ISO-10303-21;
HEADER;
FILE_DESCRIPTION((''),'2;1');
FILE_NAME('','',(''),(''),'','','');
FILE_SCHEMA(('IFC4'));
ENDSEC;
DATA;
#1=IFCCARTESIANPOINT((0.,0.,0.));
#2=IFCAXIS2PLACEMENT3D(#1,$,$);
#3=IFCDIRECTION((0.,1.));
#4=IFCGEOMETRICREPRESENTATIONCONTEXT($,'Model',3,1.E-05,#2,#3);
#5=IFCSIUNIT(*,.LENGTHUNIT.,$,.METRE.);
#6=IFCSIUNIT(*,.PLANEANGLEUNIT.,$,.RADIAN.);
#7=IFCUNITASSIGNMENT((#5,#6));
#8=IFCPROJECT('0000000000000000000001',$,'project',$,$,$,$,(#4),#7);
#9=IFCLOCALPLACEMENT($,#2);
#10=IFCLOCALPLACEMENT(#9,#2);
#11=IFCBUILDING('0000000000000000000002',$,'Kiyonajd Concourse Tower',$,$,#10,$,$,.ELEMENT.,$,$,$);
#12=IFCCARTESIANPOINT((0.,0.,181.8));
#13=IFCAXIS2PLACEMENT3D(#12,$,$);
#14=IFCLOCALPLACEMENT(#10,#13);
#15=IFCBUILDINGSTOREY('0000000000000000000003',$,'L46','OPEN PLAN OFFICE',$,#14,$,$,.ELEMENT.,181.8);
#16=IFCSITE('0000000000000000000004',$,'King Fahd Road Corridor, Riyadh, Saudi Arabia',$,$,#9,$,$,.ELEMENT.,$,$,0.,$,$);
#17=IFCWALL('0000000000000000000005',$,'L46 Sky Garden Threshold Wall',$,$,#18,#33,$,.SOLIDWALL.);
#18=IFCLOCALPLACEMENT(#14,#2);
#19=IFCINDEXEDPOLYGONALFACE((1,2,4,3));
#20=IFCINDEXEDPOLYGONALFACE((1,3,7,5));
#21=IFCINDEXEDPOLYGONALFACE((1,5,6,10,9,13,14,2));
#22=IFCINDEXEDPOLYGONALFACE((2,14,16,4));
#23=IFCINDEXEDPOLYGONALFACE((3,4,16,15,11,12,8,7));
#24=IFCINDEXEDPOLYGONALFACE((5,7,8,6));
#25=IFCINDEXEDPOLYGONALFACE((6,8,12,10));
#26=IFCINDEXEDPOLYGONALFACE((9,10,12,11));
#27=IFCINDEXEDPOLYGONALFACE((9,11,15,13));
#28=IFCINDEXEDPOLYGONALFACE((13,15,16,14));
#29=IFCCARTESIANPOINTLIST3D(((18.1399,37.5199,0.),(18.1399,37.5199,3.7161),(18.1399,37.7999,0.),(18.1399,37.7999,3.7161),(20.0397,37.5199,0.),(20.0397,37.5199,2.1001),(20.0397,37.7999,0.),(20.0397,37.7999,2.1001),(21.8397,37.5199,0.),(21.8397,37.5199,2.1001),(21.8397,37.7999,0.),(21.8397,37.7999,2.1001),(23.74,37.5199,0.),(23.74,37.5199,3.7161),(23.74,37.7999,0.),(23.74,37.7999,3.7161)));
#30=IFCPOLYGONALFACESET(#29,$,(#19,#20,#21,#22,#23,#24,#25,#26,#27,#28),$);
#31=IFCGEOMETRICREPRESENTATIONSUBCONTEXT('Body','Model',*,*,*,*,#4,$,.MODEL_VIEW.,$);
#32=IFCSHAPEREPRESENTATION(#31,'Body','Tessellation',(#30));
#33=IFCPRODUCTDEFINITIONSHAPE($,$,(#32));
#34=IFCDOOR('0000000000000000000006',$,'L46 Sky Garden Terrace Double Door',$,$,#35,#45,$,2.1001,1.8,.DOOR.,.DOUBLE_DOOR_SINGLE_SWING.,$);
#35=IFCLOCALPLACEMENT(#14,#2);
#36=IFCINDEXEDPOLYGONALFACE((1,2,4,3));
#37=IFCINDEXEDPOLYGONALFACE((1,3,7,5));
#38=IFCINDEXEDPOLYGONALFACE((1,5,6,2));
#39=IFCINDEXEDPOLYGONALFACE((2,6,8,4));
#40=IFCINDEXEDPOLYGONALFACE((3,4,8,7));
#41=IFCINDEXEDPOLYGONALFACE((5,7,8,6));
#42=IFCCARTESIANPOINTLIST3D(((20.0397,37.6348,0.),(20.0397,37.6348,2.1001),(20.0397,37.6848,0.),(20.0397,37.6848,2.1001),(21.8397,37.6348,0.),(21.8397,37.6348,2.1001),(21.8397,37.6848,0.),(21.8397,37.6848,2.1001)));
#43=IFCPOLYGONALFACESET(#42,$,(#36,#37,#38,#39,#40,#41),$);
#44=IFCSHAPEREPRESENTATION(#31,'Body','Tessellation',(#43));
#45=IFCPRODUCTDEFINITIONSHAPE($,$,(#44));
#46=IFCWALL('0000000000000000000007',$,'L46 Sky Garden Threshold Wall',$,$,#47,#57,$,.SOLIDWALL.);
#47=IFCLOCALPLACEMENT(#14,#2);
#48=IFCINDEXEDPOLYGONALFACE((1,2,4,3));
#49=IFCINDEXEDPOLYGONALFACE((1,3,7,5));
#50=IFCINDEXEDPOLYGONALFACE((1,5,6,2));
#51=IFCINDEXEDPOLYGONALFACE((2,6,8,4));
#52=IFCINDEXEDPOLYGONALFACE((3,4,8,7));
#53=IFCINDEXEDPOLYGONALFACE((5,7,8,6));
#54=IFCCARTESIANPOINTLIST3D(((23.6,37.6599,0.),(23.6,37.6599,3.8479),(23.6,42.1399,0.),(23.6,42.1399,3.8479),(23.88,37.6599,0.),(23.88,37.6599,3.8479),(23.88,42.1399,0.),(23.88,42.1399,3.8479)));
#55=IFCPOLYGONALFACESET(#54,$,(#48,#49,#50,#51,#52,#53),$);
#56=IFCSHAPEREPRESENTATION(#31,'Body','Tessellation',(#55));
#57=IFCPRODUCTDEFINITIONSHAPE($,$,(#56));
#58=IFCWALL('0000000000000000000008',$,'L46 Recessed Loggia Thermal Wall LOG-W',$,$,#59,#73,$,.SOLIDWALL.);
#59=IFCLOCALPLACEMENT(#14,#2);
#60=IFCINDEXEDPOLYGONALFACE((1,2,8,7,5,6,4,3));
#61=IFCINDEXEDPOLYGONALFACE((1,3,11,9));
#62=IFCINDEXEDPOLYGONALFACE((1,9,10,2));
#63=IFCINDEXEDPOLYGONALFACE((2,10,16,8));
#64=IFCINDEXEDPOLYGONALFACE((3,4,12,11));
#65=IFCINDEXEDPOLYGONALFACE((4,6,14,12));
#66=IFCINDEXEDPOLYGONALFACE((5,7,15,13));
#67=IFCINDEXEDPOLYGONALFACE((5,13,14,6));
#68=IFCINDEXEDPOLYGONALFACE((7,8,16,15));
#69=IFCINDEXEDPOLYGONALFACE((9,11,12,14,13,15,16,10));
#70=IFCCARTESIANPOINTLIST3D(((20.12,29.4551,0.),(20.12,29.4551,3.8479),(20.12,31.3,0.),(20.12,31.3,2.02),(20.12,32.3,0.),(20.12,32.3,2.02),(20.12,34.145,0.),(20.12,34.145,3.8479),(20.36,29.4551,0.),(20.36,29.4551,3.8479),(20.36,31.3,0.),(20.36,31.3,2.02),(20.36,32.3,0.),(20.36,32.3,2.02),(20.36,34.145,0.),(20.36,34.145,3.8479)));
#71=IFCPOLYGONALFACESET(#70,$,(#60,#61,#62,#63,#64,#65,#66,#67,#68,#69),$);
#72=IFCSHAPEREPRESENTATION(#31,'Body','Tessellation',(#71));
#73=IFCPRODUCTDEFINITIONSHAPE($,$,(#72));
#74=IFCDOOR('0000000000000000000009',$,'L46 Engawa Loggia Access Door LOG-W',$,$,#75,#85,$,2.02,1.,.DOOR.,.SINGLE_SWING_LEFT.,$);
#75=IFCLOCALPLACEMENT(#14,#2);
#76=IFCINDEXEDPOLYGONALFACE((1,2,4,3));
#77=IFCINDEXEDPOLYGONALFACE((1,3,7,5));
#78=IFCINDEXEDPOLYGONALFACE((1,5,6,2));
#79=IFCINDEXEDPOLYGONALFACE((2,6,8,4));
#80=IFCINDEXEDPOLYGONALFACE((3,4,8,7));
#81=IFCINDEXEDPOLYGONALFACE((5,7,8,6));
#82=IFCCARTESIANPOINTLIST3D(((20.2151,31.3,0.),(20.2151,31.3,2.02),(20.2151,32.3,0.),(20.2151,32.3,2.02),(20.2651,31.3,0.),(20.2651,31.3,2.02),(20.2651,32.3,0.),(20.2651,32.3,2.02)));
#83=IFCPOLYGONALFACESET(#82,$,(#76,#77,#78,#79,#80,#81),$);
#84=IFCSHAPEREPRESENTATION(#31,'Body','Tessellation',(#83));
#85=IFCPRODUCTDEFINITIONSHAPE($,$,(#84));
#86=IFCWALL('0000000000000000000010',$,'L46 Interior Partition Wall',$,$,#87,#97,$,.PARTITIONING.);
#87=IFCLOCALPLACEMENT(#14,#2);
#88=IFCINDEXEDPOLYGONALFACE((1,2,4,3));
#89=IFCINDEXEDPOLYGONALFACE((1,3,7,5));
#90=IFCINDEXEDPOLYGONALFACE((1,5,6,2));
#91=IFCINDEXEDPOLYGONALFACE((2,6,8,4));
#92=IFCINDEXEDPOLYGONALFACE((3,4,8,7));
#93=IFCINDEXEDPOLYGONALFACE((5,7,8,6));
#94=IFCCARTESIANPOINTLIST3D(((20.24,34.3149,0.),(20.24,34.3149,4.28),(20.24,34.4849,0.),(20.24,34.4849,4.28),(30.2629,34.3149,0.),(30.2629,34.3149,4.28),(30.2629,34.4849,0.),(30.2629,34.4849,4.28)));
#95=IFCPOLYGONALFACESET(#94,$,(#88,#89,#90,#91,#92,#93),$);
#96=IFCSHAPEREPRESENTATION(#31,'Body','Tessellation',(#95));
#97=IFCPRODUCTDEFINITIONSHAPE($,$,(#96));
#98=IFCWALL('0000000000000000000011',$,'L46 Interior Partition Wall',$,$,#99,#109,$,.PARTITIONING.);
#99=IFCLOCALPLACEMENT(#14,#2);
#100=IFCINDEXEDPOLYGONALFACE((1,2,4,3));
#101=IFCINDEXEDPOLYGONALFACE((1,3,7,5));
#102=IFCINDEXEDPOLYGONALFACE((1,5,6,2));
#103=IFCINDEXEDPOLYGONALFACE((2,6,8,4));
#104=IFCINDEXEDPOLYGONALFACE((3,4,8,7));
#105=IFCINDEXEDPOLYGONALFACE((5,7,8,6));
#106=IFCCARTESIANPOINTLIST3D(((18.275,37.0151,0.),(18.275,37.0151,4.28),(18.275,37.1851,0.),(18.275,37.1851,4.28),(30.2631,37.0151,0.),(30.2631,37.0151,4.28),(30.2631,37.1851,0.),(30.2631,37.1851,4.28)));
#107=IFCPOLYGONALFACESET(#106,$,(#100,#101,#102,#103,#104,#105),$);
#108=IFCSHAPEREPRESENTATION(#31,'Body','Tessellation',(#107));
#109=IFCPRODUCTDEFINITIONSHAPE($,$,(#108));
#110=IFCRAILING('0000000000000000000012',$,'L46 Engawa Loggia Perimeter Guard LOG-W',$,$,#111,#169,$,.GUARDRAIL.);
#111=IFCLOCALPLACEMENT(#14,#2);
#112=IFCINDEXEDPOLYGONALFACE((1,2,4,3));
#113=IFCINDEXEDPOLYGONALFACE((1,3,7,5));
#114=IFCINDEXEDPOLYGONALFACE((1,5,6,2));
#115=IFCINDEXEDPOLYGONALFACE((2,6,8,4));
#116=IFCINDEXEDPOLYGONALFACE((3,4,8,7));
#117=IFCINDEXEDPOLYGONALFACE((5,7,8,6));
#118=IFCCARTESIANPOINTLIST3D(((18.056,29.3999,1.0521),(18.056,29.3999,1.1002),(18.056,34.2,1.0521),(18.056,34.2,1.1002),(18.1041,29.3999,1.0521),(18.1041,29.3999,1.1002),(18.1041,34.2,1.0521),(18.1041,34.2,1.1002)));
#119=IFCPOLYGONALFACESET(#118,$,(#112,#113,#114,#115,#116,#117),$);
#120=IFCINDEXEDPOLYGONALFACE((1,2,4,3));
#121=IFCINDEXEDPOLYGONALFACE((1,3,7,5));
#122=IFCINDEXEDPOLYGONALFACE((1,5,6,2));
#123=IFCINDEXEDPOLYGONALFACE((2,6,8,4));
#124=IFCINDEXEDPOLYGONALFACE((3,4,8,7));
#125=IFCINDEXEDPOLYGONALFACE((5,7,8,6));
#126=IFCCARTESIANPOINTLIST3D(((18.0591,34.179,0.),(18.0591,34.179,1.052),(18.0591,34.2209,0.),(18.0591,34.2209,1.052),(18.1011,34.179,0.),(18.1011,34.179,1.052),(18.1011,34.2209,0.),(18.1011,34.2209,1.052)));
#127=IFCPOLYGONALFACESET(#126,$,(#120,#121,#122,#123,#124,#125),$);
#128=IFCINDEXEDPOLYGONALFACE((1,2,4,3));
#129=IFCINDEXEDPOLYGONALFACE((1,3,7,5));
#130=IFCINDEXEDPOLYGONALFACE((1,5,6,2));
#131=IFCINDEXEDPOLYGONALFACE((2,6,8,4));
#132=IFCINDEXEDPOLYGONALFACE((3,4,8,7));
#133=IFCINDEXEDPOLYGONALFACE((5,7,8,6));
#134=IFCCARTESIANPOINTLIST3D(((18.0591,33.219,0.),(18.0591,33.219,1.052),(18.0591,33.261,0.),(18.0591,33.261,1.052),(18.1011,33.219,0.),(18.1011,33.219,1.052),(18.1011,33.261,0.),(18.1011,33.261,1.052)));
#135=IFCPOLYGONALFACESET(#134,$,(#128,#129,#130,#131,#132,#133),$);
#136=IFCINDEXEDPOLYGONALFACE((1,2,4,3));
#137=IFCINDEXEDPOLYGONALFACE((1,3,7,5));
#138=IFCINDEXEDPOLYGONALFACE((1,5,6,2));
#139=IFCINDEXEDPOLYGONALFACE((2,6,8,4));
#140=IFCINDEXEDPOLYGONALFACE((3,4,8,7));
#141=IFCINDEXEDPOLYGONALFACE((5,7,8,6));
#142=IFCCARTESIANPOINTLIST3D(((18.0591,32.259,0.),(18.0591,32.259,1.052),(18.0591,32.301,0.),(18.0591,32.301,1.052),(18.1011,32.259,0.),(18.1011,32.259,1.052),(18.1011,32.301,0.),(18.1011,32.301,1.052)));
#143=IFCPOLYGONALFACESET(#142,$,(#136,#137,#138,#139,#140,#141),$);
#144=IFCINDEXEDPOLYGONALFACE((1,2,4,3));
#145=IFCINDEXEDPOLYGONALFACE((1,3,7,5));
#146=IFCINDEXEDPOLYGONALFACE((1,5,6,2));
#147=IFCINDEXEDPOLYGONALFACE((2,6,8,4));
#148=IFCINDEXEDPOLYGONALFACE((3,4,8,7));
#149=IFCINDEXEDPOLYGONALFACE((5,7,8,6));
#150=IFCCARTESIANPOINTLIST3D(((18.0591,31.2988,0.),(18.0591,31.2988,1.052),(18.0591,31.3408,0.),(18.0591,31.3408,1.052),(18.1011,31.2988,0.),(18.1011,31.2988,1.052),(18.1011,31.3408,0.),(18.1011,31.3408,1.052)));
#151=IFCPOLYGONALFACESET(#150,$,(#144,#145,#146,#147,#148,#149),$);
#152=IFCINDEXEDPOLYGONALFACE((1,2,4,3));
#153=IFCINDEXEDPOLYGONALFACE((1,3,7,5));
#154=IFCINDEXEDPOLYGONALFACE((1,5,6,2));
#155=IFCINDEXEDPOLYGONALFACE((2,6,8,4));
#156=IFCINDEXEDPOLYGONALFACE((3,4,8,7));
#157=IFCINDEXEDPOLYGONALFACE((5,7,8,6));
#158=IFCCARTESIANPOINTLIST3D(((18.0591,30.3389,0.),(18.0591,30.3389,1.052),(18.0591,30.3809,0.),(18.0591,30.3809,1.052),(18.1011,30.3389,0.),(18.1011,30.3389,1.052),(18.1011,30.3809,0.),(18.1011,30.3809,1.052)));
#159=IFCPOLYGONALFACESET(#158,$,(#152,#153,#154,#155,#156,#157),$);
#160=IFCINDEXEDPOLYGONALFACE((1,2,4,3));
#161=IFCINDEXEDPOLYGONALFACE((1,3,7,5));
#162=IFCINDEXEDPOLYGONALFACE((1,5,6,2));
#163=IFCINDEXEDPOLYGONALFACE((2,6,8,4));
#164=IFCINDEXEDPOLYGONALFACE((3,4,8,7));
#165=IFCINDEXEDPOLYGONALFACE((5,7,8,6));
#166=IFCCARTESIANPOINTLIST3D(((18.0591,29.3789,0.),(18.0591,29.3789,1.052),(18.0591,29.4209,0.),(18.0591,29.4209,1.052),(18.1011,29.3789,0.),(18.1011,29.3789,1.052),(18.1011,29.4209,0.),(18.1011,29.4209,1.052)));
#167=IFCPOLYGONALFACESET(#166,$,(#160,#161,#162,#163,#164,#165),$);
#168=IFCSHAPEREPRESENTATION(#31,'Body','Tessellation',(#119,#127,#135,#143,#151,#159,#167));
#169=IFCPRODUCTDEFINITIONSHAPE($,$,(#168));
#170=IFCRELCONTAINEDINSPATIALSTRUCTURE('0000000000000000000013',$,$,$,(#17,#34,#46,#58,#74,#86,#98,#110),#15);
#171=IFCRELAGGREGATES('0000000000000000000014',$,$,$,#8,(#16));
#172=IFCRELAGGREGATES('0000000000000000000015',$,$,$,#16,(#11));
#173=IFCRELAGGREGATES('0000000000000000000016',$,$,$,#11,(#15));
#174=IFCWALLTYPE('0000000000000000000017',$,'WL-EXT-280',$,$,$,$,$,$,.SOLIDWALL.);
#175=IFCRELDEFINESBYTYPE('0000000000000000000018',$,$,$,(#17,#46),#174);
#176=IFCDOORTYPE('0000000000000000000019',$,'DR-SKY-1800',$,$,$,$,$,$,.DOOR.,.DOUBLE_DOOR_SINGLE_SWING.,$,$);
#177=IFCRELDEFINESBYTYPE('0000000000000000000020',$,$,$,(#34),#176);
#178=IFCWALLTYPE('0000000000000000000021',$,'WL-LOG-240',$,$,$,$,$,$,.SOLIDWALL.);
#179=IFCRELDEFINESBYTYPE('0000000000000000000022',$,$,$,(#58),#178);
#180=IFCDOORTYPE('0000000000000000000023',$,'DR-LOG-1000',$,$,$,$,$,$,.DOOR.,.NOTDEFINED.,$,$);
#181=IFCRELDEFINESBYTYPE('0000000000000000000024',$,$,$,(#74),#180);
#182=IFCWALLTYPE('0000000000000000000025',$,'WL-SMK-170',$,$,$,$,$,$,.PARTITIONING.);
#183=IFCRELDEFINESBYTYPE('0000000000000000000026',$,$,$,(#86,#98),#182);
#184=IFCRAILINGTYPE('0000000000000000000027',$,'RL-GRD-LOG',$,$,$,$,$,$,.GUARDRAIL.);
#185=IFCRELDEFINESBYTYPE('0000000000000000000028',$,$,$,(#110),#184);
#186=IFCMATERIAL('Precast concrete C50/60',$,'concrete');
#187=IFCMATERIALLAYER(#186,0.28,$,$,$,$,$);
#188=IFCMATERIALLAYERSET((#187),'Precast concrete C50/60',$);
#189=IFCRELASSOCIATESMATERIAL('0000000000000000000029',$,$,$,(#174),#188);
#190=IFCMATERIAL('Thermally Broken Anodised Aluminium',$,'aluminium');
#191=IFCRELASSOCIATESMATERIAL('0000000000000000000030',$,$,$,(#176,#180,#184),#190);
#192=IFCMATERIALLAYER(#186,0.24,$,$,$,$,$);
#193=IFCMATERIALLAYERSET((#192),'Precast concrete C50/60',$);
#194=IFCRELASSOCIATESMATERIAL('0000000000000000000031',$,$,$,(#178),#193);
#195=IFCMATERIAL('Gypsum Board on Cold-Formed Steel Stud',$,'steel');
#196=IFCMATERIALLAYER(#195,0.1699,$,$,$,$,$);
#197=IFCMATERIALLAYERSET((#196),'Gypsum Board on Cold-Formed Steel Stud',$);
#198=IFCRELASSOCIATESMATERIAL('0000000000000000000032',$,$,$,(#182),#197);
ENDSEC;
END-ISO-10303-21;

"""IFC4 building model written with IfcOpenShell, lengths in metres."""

from ifc_helpers import new_model, si_unit, direction, frame, frame_2d, origin, origin_2d, place, context, subcontext, project, spatial, rectangle, extrude, material, layer, layer_set, type_object, element, fill, save


model = new_model("IFC4")

# Units and contexts
model_context = context("Model", 3, precision=1e-05, world=origin(), true_north=direction((0.0, 1.0)))
body_context = subcontext(model_context, "Body", "Model", "MODEL_VIEW")
ifc_project = project(units=[si_unit("LENGTHUNIT", "METRE"), si_unit("PLANEANGLEUNIT", "RADIAN")], contexts=[model_context])

# Site, building, storey
site_placement = place(None, origin())
site = spatial("IfcSite", under=ifc_project, at=site_placement, Name="King Fahd Road Corridor, Riyadh, Saudi Arabia", CompositionType="ELEMENT", RefElevation=0.0)
building_placement = place(site_placement, origin())
building = spatial("IfcBuilding", under=site, at=building_placement, Name="Kiyonajd Concourse Tower", CompositionType="ELEMENT")
storey_placement = place(building_placement, frame((0.0, 0.0, 181.8)))
storey = spatial("IfcBuildingStorey", under=building, at=storey_placement, Name="L46", Description="OPEN PLAN OFFICE", CompositionType="ELEMENT", Elevation=181.8)

# Shared definitions
ifc_material_1 = material(Name="Thermally Broken Anodised Aluminium", Category="aluminium")

# Shared definitions
ifc_material_2 = material(Name="Precast concrete C50/60", Category="concrete")
ifc_layer_1 = layer(ifc_material_2, 0.28)
ifc_layer_set_1 = layer_set([ifc_layer_1], Name="Precast concrete C50/60")
wall_type_1 = type_object("IfcWallType", Name="WL-EXT-280", PredefinedType="SOLIDWALL", material=ifc_layer_set_1)

# Wall, opening, door
wall_1_placement = place(storey_placement, frame((18.1399, 37.6599, 0.0), z_axis=(0.0, 0.0, 1.0), x_axis=(1.0, 0.0, 0.0)))
wall_1 = element("IfcWall", 1, at=wall_1_placement, inside=storey, type_object=wall_type_1, Name="L46 Sky Garden Threshold Wall", PredefinedType="SOLIDWALL", context=body_context, shape_type="SweptSolid", body=[
    extrude(rectangle(XDim=5.6001, YDim=0.28, at=frame_2d((2.8, 0.0))), origin(), (0.0, 0.0, 1.0), 3.7161),
])
opening_1_placement = place(wall_1_placement, frame((1.8999, 0.0, 0.0)))
opening_1 = element("IfcOpeningElement", 2, at=opening_1_placement, cuts=wall_1, PredefinedType="OPENING", context=body_context, shape_type="SweptSolid", body=[
    extrude(rectangle(XDim=1.8, YDim=2.1001, at=frame_2d((0.8999, 1.05))), frame((0.0, 0.1499, 0.0), z_axis=(0.0, -1.0, 0.0), x_axis=(1.0, 0.0, 0.0)), (0.0, 0.0, 1.0), 0.3),
])
door_type_1 = type_object("IfcDoorType", Name="DR-SKY-1800", OperationType="DOUBLE_DOOR_SINGLE_SWING", PredefinedType="DOOR", material=ifc_material_1)
door_1_placement = place(opening_1_placement, origin())
door_1 = element("IfcDoor", 3, at=door_1_placement, inside=storey, type_object=door_type_1, Name="L46 Sky Garden Terrace Double Door", OperationType="DOUBLE_DOOR_SINGLE_SWING", OverallHeight=2.1001, OverallWidth=1.8, PredefinedType="DOOR", context=body_context, shape_type="SweptSolid", body=[
    extrude(rectangle(XDim=1.8, YDim=2.1001, at=frame_2d((0.8999, 1.05))), frame((0.0, 0.0249, 0.0), z_axis=(0.0, -1.0, 0.0), x_axis=(1.0, 0.0, 0.0)), (0.0, 0.0, 1.0), 0.05),
])
fill(opening_1, door_1)

# Wall
wall_2_placement = place(storey_placement, frame((23.74, 37.6599, 0.0), z_axis=(0.0, 0.0, 1.0), x_axis=(0.0, 1.0, 0.0)))
element("IfcWall", 4, at=wall_2_placement, inside=storey, type_object=wall_type_1, Name="L46 Sky Garden Threshold Wall", PredefinedType="SOLIDWALL", context=body_context, shape_type="SweptSolid", body=[
    extrude(rectangle(XDim=4.48, YDim=0.28, at=frame_2d((2.24, 0.0))), origin(), (0.0, 0.0, 1.0), 3.8479),
])

# Wall, opening, door
ifc_layer_2 = layer(ifc_material_2, 0.24)
ifc_layer_set_2 = layer_set([ifc_layer_2], Name="Precast concrete C50/60")
wall_type_2 = type_object("IfcWallType", Name="WL-LOG-240", PredefinedType="SOLIDWALL", material=ifc_layer_set_2)
wall_3_placement = place(storey_placement, frame((20.24, 29.4551, 0.0), z_axis=(0.0, 0.0, 1.0), x_axis=(0.0, 1.0, 0.0)))
wall_3 = element("IfcWall", 5, at=wall_3_placement, inside=storey, type_object=wall_type_2, Name="L46 Recessed Loggia Thermal Wall LOG-W", PredefinedType="SOLIDWALL", context=body_context, shape_type="SweptSolid", body=[
    extrude(rectangle(XDim=4.6899, YDim=0.24, at=frame_2d((2.345, 0.0))), origin(), (0.0, 0.0, 1.0), 3.8479),
])
opening_2_placement = place(wall_3_placement, frame((1.845, 0.0, 0.0)))
opening_2 = element("IfcOpeningElement", 6, at=opening_2_placement, cuts=wall_3, PredefinedType="OPENING", context=body_context, shape_type="SweptSolid", body=[
    extrude(rectangle(XDim=1.0, YDim=2.02, at=frame_2d((0.5, 1.01))), frame((0.0, 0.1299, 0.0), z_axis=(0.0, -1.0, 0.0), x_axis=(1.0, 0.0, 0.0)), (0.0, 0.0, 1.0), 0.26),
])
door_type_2 = type_object("IfcDoorType", Name="DR-LOG-1000", OperationType="NOTDEFINED", PredefinedType="DOOR", material=ifc_material_1)
door_2_placement = place(opening_2_placement, origin())
door_2 = element("IfcDoor", 7, at=door_2_placement, inside=storey, type_object=door_type_2, Name="L46 Engawa Loggia Access Door LOG-W", OperationType="SINGLE_SWING_LEFT", OverallHeight=2.02, OverallWidth=1.0, PredefinedType="DOOR", context=body_context, shape_type="SweptSolid", body=[
    extrude(rectangle(XDim=1.0, YDim=2.02, at=frame_2d((0.5, 1.01))), frame((0.0, 0.0249, 0.0), z_axis=(0.0, -1.0, 0.0), x_axis=(1.0, 0.0, 0.0)), (0.0, 0.0, 1.0), 0.05),
])
fill(opening_2, door_2)

# Walls
ifc_material_3 = material(Name="Gypsum Board on Cold-Formed Steel Stud", Category="steel")
ifc_layer_3 = layer(ifc_material_3, 0.1699)
ifc_layer_set_3 = layer_set([ifc_layer_3], Name="Gypsum Board on Cold-Formed Steel Stud")
wall_type_3 = type_object("IfcWallType", Name="WL-SMK-170", PredefinedType="PARTITIONING", material=ifc_layer_set_3)
wall_4_placement = place(storey_placement, frame((20.24, 34.3999, 0.0), z_axis=(0.0, 0.0, 1.0), x_axis=(1.0, 0.0, 0.0)))
element("IfcWall", 8, at=wall_4_placement, inside=storey, type_object=wall_type_3, Name="L46 Interior Partition Wall", PredefinedType="PARTITIONING", context=body_context, shape_type="SweptSolid", body=[
    extrude(rectangle(XDim=10.0229, YDim=0.1699, at=frame_2d((5.0115, 0.0))), origin(), (0.0, 0.0, 1.0), 4.28),
])
wall_5_placement = place(storey_placement, frame((18.2749, 37.1001, 0.0), z_axis=(0.0, 0.0, 1.0), x_axis=(1.0, 0.0, 0.0)))
element("IfcWall", 9, at=wall_5_placement, inside=storey, type_object=wall_type_3, Name="L46 Interior Partition Wall", PredefinedType="PARTITIONING", context=body_context, shape_type="SweptSolid", body=[
    extrude(rectangle(XDim=11.988, YDim=0.1699, at=frame_2d((5.9941, 0.0))), origin(), (0.0, 0.0, 1.0), 4.28),
])

# Railing
railing_type_1 = type_object("IfcRailingType", Name="RL-GRD-LOG", PredefinedType="GUARDRAIL", material=ifc_material_1)
railing_1_placement = place(storey_placement, frame((18.0801, 34.2, 0.0)))
element("IfcRailing", 10, at=railing_1_placement, inside=storey, type_object=railing_type_1, Name="L46 Engawa Loggia Perimeter Guard LOG-W", PredefinedType="GUARDRAIL", context=body_context, shape_type="SweptSolid", body=[
    extrude(rectangle(XDim=0.0481, YDim=0.0481, at=origin_2d()), frame((0.0, 0.0, 1.0762), z_axis=(0.0, -1.0, 0.0), x_axis=(1.0, 0.0, 0.0)), (0.0, 0.0, 1.0), 4.8),
    extrude(rectangle(XDim=0.042, YDim=0.042, at=origin_2d()), origin(), (0.0, 0.0, 1.0), 1.052),
    extrude(rectangle(XDim=0.042, YDim=0.042, at=origin_2d()), frame((0.0, -0.96, 0.0)), (0.0, 0.0, 1.0), 1.052),
    extrude(rectangle(XDim=0.042, YDim=0.042, at=origin_2d()), frame((0.0, -1.9199, 0.0)), (0.0, 0.0, 1.0), 1.052),
    extrude(rectangle(XDim=0.042, YDim=0.042, at=origin_2d()), frame((0.0, -2.8801, 0.0)), (0.0, 0.0, 1.0), 1.052),
    extrude(rectangle(XDim=0.042, YDim=0.042, at=origin_2d()), frame((0.0, -3.8401, 0.0)), (0.0, 0.0, 1.0), 1.052),
    extrude(rectangle(XDim=0.042, YDim=0.042, at=origin_2d()), frame((0.0, -4.8, 0.0)), (0.0, 0.0, 1.0), 1.052),
])

save(model, "model.ifc")
